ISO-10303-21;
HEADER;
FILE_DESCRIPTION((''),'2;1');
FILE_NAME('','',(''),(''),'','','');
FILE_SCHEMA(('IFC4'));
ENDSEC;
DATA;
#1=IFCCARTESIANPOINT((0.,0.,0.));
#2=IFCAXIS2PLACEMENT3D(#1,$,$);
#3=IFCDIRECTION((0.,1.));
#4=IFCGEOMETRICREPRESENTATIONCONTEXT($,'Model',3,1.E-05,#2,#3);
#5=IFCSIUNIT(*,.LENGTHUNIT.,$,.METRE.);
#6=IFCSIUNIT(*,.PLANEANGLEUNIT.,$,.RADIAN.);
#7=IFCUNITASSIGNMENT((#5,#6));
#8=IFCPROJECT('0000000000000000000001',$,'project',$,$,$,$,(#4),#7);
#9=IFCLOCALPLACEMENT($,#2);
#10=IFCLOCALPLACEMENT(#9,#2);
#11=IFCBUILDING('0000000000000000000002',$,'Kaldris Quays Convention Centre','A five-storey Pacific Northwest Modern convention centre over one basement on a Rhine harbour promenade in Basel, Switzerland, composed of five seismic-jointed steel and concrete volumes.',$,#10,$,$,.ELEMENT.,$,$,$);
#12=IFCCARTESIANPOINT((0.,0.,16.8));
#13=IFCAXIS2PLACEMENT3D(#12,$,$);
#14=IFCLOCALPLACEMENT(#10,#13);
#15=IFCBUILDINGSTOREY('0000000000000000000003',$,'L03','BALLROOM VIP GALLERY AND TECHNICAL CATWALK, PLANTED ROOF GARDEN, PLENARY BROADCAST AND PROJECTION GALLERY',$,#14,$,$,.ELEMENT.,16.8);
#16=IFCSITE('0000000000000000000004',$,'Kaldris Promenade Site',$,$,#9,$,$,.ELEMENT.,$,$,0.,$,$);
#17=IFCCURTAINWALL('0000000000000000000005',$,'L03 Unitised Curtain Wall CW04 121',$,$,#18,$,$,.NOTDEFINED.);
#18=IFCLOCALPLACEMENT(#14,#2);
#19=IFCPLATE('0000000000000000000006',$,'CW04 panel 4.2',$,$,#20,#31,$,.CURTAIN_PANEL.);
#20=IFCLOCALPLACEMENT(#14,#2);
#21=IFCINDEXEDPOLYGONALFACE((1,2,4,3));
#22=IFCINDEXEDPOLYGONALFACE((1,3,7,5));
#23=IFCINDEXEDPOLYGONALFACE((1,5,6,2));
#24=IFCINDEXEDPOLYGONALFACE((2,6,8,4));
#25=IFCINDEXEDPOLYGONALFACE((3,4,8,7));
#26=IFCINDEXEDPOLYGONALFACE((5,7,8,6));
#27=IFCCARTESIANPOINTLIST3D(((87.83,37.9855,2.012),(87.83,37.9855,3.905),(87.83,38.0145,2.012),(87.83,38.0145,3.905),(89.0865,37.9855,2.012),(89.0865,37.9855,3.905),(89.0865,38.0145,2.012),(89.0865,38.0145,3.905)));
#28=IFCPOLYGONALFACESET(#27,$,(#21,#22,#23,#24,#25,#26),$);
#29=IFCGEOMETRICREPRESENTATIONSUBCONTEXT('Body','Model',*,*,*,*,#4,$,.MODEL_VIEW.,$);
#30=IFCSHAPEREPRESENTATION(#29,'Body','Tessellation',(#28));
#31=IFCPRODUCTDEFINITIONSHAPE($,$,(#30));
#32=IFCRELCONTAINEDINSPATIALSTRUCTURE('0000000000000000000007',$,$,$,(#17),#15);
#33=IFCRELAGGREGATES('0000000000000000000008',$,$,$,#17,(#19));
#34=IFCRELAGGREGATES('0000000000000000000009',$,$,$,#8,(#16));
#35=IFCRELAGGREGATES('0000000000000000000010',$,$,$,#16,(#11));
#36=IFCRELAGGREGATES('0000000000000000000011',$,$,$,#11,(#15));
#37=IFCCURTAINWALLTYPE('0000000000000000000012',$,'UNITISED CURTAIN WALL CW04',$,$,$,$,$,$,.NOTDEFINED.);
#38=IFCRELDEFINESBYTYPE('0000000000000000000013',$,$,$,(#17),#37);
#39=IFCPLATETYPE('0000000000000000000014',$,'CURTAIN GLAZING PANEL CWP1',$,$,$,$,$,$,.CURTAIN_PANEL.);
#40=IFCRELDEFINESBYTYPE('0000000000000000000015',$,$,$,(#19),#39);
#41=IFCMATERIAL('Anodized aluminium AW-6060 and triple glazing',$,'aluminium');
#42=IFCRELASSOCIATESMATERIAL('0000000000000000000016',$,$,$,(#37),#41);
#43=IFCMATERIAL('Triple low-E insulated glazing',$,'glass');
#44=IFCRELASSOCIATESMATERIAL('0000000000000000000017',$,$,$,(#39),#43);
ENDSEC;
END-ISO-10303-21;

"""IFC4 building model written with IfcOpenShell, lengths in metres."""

from ifc_helpers import new_model, si_unit, direction, frame, origin, origin_2d, place, context, subcontext, project, spatial, rectangle, extrude, material, type_object, element, aggregate, save


model = new_model("IFC4")

# Units and contexts
model_context = context("Model", 3, precision=1e-05, world=origin(), true_north=direction((0.0, 1.0)))
body_context = subcontext(model_context, "Body", "Model", "MODEL_VIEW")
ifc_project = project(units=[si_unit("LENGTHUNIT", "METRE"), si_unit("PLANEANGLEUNIT", "RADIAN")], contexts=[model_context])

# Site, building, storey
site_placement = place(None, origin())
site = spatial("IfcSite", under=ifc_project, at=site_placement, Name="Kaldris Promenade Site", CompositionType="ELEMENT", RefElevation=0.0)
building_placement = place(site_placement, origin())
building = spatial("IfcBuilding", under=site, at=building_placement, Name="Kaldris Quays Convention Centre", Description="A five-storey Pacific Northwest Modern convention centre over one basement on a Rhine harbour promenade in Basel, Switzerland, composed of five seismic-jointed steel and concrete volumes.", CompositionType="ELEMENT")
storey_placement = place(building_placement, frame((0.0, 0.0, 16.8)))
storey = spatial("IfcBuildingStorey", under=building, at=storey_placement, Name="L03", Description="BALLROOM VIP GALLERY AND TECHNICAL CATWALK, PLANTED ROOF GARDEN, PLENARY BROADCAST AND PROJECTION GALLERY", CompositionType="ELEMENT", Elevation=16.8)

# Curtain wall, plate
ifc_material_1 = material(Name="Anodized aluminium AW-6060 and triple glazing", Category="aluminium")
curtain_wall_type = type_object("IfcCurtainWallType", Name="UNITISED CURTAIN WALL CW04", PredefinedType="NOTDEFINED", material=ifc_material_1)
curtain_wall_placement = place(storey_placement, origin())
curtain_wall = element("IfcCurtainWall", 1, at=curtain_wall_placement, inside=storey, type_object=curtain_wall_type, Name="L03 Unitised Curtain Wall CW04 121", PredefinedType="NOTDEFINED")
ifc_material_2 = material(Name="Triple low-E insulated glazing", Category="glass")
plate_type = type_object("IfcPlateType", Name="CURTAIN GLAZING PANEL CWP1", PredefinedType="CURTAIN_PANEL", material=ifc_material_2)
plate_1_placement = place(storey_placement, frame((88.4583, 38.0, 2.012), z_axis=(0.0, 0.0, 1.0), x_axis=(1.0, 0.0, 0.0)))
plate_1 = element("IfcPlate", 2, at=plate_1_placement, type_object=plate_type, Name="CW04 panel 4.2", PredefinedType="CURTAIN_PANEL", context=body_context, shape_type="SweptSolid", body=[
    extrude(rectangle(XDim=1.2566, YDim=0.0291, at=origin_2d()), origin(), (0.0, 0.0, 1.0), 1.8931),
])
aggregate(curtain_wall, [plate_1])

save(model, "model.ifc")
